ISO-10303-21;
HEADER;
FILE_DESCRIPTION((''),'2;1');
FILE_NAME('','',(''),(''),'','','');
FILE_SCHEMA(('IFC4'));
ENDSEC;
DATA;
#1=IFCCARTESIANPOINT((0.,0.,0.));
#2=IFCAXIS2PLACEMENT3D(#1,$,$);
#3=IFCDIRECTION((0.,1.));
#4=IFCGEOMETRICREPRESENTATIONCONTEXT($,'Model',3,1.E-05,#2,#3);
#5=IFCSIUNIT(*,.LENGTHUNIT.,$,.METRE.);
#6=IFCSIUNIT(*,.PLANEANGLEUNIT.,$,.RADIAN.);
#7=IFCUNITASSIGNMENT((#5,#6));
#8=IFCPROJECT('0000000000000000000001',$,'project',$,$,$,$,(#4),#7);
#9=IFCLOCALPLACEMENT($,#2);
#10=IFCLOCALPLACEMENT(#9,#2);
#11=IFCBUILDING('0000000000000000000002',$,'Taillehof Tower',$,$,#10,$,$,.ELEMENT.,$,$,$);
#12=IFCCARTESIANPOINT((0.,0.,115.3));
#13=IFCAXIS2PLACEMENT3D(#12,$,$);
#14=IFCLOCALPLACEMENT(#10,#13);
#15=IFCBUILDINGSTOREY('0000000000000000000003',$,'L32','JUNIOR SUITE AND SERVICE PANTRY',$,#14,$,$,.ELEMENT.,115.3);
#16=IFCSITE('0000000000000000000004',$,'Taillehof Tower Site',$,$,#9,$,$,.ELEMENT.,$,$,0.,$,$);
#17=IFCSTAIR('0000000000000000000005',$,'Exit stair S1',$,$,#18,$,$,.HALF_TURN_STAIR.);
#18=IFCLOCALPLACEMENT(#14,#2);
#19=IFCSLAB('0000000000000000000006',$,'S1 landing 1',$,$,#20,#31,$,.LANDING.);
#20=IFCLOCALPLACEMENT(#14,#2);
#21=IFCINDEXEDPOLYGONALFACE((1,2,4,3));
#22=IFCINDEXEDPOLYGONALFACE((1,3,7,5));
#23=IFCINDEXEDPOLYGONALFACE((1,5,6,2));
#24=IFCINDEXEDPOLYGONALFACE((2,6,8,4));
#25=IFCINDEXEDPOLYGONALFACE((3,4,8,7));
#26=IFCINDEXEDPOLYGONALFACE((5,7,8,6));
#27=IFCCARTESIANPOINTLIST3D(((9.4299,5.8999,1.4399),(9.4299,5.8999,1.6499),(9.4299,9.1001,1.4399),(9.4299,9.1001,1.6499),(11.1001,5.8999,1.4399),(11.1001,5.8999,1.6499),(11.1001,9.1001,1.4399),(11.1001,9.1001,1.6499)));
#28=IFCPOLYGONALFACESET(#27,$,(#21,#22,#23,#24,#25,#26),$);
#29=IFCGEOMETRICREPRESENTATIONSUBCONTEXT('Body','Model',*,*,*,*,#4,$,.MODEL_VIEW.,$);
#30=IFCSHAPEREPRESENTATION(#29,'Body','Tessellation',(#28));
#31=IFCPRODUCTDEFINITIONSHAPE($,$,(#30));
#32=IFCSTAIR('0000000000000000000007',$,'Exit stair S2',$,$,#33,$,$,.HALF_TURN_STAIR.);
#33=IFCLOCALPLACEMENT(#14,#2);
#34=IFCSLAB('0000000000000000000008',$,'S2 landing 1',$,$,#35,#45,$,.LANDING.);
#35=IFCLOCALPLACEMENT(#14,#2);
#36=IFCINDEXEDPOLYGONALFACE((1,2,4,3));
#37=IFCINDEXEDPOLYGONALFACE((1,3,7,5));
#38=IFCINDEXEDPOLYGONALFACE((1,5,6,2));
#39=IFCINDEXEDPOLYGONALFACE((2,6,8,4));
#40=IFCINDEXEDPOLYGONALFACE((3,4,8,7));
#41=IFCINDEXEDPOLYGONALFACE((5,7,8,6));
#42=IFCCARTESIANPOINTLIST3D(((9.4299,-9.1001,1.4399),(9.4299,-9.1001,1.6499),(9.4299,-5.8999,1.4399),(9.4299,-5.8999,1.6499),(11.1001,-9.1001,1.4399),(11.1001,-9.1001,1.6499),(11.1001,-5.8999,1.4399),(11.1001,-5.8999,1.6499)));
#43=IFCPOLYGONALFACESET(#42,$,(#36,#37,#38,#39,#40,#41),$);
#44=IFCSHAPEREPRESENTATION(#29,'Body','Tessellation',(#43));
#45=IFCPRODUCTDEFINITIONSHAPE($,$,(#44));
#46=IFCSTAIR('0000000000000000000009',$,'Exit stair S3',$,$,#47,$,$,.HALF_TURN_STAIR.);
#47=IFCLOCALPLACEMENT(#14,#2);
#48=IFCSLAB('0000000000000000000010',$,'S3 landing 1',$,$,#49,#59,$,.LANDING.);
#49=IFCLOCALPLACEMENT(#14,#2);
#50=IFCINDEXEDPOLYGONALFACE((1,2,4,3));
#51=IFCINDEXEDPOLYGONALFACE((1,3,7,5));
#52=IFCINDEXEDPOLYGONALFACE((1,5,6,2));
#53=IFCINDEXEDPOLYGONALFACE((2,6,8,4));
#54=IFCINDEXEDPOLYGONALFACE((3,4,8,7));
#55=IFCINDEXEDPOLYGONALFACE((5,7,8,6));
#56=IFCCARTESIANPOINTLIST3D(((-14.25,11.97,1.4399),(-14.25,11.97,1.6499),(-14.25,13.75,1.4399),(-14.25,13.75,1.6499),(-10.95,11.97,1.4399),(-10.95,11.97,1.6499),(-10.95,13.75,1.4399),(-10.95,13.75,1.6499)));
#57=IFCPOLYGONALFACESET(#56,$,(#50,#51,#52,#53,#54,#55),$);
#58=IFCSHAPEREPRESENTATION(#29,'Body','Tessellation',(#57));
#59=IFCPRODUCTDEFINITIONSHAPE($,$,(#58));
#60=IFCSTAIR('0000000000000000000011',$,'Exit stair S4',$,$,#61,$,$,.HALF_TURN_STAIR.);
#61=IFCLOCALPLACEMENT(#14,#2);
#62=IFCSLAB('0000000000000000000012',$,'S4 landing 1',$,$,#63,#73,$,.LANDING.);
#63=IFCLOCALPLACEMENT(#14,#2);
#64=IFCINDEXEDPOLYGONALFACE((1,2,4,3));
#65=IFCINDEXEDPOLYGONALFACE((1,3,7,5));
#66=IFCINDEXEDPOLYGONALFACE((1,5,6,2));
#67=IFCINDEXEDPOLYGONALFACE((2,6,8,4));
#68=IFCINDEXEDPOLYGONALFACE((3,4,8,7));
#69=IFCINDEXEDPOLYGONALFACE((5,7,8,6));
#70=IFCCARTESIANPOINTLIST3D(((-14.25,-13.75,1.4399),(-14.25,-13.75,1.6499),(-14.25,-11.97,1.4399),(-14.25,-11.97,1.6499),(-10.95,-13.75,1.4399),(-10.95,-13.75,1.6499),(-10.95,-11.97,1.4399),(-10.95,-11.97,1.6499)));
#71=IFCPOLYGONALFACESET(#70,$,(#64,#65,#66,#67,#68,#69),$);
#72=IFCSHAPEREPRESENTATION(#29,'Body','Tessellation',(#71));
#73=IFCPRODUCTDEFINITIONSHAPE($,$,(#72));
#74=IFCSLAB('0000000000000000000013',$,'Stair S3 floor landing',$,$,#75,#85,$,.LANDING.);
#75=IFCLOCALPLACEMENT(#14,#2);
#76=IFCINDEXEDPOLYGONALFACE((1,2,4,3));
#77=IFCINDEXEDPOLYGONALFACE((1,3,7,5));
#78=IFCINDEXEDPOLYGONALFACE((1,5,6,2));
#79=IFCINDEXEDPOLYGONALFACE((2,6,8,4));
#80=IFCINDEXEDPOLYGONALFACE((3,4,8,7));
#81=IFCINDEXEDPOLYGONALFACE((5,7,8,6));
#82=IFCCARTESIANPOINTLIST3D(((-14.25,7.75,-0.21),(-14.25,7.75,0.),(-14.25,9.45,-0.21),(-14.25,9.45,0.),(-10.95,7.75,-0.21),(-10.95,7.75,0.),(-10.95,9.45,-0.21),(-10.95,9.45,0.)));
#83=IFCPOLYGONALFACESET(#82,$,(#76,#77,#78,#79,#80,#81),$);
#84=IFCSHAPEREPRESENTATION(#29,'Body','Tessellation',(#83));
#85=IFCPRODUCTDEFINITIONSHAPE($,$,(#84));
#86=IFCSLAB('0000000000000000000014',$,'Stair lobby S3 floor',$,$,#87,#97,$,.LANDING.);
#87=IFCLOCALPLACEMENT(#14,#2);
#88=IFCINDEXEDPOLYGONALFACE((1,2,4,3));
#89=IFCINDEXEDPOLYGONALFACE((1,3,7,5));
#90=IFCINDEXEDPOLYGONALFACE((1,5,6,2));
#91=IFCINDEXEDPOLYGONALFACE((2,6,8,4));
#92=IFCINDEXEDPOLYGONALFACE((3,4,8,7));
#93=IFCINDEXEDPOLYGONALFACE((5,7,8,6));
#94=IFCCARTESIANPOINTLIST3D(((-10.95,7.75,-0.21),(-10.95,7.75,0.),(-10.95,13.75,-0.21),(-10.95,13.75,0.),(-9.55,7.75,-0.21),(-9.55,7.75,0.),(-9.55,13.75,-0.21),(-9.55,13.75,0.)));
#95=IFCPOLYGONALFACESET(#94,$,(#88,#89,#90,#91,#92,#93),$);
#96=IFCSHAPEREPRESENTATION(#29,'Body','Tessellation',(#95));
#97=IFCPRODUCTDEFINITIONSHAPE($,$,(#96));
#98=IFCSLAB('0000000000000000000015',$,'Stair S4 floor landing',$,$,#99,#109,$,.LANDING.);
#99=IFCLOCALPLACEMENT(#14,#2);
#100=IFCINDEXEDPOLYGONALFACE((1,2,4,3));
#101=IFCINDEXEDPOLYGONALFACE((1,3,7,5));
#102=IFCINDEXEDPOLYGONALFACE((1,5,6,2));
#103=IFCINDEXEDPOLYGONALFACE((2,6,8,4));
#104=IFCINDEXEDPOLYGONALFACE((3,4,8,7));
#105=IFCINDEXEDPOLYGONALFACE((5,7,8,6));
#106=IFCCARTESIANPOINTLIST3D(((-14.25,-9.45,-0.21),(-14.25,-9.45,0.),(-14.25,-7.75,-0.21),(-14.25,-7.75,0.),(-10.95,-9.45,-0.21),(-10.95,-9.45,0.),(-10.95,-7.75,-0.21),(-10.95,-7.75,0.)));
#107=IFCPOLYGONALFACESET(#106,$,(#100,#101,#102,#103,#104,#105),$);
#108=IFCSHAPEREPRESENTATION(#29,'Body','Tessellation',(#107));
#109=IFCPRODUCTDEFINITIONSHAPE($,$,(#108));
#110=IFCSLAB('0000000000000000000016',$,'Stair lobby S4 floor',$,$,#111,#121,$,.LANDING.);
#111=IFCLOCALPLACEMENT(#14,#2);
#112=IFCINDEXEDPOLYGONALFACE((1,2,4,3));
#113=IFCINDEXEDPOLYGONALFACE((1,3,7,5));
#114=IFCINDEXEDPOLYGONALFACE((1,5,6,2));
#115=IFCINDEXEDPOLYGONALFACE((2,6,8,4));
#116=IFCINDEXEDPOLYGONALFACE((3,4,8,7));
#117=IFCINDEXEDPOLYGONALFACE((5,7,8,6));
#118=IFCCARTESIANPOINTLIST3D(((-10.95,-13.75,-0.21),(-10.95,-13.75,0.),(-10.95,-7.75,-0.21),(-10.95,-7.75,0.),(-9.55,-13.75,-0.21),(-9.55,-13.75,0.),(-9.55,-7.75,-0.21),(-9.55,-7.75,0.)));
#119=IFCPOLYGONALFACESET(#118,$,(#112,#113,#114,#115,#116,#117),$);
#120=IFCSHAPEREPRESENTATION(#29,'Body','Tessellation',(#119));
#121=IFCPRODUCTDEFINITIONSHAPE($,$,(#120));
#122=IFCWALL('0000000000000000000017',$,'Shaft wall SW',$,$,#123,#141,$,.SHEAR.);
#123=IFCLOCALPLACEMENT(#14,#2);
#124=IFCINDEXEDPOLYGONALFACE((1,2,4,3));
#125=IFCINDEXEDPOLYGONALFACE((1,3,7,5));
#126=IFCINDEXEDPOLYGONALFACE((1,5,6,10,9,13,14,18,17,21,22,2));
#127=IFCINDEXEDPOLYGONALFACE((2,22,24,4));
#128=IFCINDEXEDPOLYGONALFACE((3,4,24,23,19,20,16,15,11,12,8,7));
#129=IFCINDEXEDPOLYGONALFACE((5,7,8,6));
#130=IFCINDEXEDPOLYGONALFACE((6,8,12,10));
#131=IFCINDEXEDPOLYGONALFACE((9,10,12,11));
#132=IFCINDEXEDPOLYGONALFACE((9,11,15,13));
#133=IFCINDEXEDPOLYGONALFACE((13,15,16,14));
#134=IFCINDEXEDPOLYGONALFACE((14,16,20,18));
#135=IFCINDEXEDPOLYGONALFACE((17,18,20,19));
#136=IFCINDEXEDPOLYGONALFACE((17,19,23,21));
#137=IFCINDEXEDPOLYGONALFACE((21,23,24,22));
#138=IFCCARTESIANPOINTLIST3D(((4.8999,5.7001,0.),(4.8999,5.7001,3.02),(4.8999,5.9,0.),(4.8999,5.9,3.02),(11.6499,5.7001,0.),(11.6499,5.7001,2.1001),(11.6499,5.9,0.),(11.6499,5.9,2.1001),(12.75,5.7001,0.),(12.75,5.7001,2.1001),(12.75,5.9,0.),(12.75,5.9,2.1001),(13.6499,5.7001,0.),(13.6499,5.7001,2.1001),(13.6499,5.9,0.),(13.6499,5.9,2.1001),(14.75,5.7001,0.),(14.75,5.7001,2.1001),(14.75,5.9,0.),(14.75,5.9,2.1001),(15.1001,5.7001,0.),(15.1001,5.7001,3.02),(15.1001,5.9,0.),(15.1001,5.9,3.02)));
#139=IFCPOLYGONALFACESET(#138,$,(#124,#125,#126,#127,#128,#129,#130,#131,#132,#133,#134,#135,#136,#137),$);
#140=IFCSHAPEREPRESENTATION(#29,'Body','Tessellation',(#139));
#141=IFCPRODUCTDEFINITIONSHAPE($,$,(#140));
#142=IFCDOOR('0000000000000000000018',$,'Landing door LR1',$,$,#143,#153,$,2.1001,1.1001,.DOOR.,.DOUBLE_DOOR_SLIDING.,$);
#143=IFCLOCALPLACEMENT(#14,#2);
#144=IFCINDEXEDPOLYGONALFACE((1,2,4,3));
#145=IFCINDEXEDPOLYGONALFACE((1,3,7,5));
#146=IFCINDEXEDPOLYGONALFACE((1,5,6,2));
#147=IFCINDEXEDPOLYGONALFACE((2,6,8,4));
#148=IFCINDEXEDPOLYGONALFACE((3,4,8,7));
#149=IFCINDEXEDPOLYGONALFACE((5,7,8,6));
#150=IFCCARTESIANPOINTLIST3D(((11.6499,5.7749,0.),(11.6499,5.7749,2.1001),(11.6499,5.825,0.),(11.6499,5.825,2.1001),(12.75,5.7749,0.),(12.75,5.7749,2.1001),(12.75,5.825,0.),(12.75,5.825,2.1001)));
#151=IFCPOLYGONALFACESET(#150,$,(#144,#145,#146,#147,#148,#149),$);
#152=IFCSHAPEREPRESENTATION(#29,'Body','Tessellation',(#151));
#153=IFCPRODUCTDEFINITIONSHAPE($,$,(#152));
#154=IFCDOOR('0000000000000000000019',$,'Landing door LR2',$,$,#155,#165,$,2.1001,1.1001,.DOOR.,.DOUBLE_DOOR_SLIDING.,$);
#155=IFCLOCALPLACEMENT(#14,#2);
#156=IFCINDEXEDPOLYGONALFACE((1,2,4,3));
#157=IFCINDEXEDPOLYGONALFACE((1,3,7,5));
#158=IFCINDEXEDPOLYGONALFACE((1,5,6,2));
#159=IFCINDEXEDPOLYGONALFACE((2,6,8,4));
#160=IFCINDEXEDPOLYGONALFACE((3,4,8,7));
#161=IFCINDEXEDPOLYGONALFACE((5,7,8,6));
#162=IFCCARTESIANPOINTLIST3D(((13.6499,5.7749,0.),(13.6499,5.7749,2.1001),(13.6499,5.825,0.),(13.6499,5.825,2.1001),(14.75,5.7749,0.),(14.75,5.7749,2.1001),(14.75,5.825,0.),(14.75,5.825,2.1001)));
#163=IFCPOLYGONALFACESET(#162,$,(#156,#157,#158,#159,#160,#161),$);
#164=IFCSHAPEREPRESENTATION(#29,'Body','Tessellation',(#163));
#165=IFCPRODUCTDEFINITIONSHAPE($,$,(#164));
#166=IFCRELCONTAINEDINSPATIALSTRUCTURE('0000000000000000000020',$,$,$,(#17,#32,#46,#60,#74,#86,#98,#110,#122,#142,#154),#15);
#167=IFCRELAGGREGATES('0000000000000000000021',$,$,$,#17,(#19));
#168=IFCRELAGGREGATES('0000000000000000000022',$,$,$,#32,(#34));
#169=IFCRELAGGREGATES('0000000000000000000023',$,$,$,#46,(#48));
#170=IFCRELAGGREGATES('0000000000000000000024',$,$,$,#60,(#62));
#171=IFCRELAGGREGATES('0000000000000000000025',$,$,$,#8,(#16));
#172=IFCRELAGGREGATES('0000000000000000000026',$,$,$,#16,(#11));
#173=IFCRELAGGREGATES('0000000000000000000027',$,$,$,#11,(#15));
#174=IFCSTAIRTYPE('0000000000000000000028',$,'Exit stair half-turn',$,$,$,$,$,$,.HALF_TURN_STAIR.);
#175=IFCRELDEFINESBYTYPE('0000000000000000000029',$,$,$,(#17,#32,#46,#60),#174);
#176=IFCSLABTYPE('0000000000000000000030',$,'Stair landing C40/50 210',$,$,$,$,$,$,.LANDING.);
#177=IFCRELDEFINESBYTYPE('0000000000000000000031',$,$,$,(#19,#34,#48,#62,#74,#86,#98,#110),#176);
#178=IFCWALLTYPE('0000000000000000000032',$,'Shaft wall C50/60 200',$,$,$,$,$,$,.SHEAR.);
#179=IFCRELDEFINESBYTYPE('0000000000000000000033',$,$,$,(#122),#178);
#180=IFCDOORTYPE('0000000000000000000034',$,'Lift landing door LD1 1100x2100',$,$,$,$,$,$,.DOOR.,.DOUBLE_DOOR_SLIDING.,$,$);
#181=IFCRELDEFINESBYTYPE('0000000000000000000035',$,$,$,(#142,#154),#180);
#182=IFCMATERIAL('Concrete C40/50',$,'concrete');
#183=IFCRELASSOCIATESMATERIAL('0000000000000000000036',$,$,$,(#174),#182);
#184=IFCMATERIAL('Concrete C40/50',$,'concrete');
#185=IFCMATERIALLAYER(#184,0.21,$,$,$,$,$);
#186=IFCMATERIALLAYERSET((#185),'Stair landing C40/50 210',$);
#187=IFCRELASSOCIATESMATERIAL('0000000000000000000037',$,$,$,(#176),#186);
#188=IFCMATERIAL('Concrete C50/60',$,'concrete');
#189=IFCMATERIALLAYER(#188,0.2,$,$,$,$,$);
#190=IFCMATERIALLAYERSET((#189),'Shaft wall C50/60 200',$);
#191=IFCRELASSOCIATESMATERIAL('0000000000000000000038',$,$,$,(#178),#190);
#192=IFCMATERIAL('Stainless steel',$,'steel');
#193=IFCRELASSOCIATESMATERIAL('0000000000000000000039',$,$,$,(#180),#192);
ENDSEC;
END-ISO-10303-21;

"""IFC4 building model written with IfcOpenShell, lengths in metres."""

from ifc_helpers import new_model, si_unit, direction, frame, frame_2d, origin, place, context, subcontext, project, spatial, polyline, rectangle, outline, extrude, material, layer, layer_set, type_object, element, fill, aggregate, save


model = new_model("IFC4")

# Units and contexts
model_context = context("Model", 3, precision=1e-05, world=origin(), true_north=direction((0.0, 1.0)))
body_context = subcontext(model_context, "Body", "Model", "MODEL_VIEW")
ifc_project = project(units=[si_unit("LENGTHUNIT", "METRE"), si_unit("PLANEANGLEUNIT", "RADIAN")], contexts=[model_context])

# Site, building, storey
site_placement = place(None, origin())
site = spatial("IfcSite", under=ifc_project, at=site_placement, Name="Taillehof Tower Site", CompositionType="ELEMENT", RefElevation=0.0)
building_placement = place(site_placement, origin())
building = spatial("IfcBuilding", under=site, at=building_placement, Name="Taillehof Tower", CompositionType="ELEMENT")
storey_placement = place(building_placement, frame((0.0, 0.0, 115.3)))
storey = spatial("IfcBuildingStorey", under=building, at=storey_placement, Name="L32", Description="JUNIOR SUITE AND SERVICE PANTRY", CompositionType="ELEMENT", Elevation=115.3)

# Stairs, slabs
ifc_material_1 = material(Name="Concrete C40/50", Category="concrete")
stair_type = type_object("IfcStairType", Name="Exit stair half-turn", PredefinedType="HALF_TURN_STAIR", material=ifc_material_1)
stair_1_placement = place(storey_placement, origin())
stair_1 = element("IfcStair", 1, at=stair_1_placement, inside=storey, type_object=stair_type, Name="Exit stair S1", PredefinedType="HALF_TURN_STAIR")
ifc_material_2 = material(Name="Concrete C40/50", Category="concrete")
ifc_layer_1 = layer(ifc_material_2, 0.21)
ifc_layer_set_1 = layer_set([ifc_layer_1], Name="Stair landing C40/50 210")
slab_type_1 = type_object("IfcSlabType", Name="Stair landing C40/50 210", PredefinedType="LANDING", material=ifc_layer_set_1)
slab_1_placement = place(storey_placement, frame((0.0, 0.0, 1.4399)))
slab_1 = element("IfcSlab", 2, at=slab_1_placement, type_object=slab_type_1, Name="S1 landing 1", PredefinedType="LANDING", context=body_context, shape_type="SweptSolid", body=[
    extrude(outline(polyline([(9.4299, 5.8999), (11.1001, 5.8999), (11.1001, 9.1001), (9.4299, 9.1001), (9.4299, 5.8999)])), origin(), (0.0, 0.0, 1.0), 0.21),
])
aggregate(stair_1, [slab_1])
stair_2_placement = place(storey_placement, origin())
stair_2 = element("IfcStair", 3, at=stair_2_placement, inside=storey, type_object=stair_type, Name="Exit stair S2", PredefinedType="HALF_TURN_STAIR")
slab_2_placement = place(storey_placement, frame((0.0, 0.0, 1.4399)))
slab_2 = element("IfcSlab", 4, at=slab_2_placement, type_object=slab_type_1, Name="S2 landing 1", PredefinedType="LANDING", context=body_context, shape_type="SweptSolid", body=[
    extrude(outline(polyline([(9.4299, -5.8999), (11.1001, -5.8999), (11.1001, -9.1001), (9.4299, -9.1001), (9.4299, -5.8999)])), origin(), (0.0, 0.0, 1.0), 0.21),
])
aggregate(stair_2, [slab_2])
stair_3_placement = place(storey_placement, origin())
stair_3 = element("IfcStair", 5, at=stair_3_placement, inside=storey, type_object=stair_type, Name="Exit stair S3", PredefinedType="HALF_TURN_STAIR")
slab_3_placement = place(storey_placement, frame((0.0, 0.0, 1.4399)))
slab_3 = element("IfcSlab", 6, at=slab_3_placement, type_object=slab_type_1, Name="S3 landing 1", PredefinedType="LANDING", context=body_context, shape_type="SweptSolid", body=[
    extrude(outline(polyline([(-14.25, 11.97), (-14.25, 13.75), (-10.95, 13.75), (-10.95, 11.97), (-14.25, 11.97)])), origin(), (0.0, 0.0, 1.0), 0.21),
])
aggregate(stair_3, [slab_3])
stair_4_placement = place(storey_placement, origin())
stair_4 = element("IfcStair", 7, at=stair_4_placement, inside=storey, type_object=stair_type, Name="Exit stair S4", PredefinedType="HALF_TURN_STAIR")
slab_4_placement = place(storey_placement, frame((0.0, 0.0, 1.4399)))
slab_4 = element("IfcSlab", 8, at=slab_4_placement, type_object=slab_type_1, Name="S4 landing 1", PredefinedType="LANDING", context=body_context, shape_type="SweptSolid", body=[
    extrude(outline(polyline([(-14.25, -11.97), (-14.25, -13.75), (-10.95, -13.75), (-10.95, -11.97), (-14.25, -11.97)])), origin(), (0.0, 0.0, 1.0), 0.21),
])
aggregate(stair_4, [slab_4])

# Slabs
slab_5_placement = place(storey_placement, frame((0.0, 0.0, -0.21)))
element("IfcSlab", 9, at=slab_5_placement, inside=storey, type_object=slab_type_1, Name="Stair S3 floor landing", PredefinedType="LANDING", context=body_context, shape_type="SweptSolid", body=[
    extrude(outline(polyline([(-14.25, 7.75), (-14.25, 9.45), (-10.95, 9.45), (-10.95, 7.75), (-14.25, 7.75)])), origin(), (0.0, 0.0, 1.0), 0.21),
])
slab_6_placement = place(storey_placement, frame((0.0, 0.0, -0.21)))
element("IfcSlab", 10, at=slab_6_placement, inside=storey, type_object=slab_type_1, Name="Stair lobby S3 floor", PredefinedType="LANDING", context=body_context, shape_type="SweptSolid", body=[
    extrude(outline(polyline([(-10.95, 7.75), (-9.55, 7.75), (-9.55, 13.75), (-10.95, 13.75), (-10.95, 7.75)])), origin(), (0.0, 0.0, 1.0), 0.21),
])
slab_7_placement = place(storey_placement, frame((0.0, 0.0, -0.21)))
element("IfcSlab", 11, at=slab_7_placement, inside=storey, type_object=slab_type_1, Name="Stair S4 floor landing", PredefinedType="LANDING", context=body_context, shape_type="SweptSolid", body=[
    extrude(outline(polyline([(-14.25, -7.75), (-14.25, -9.45), (-10.95, -9.45), (-10.95, -7.75), (-14.25, -7.75)])), origin(), (0.0, 0.0, 1.0), 0.21),
])
slab_8_placement = place(storey_placement, frame((0.0, 0.0, -0.21)))
element("IfcSlab", 12, at=slab_8_placement, inside=storey, type_object=slab_type_1, Name="Stair lobby S4 floor", PredefinedType="LANDING", context=body_context, shape_type="SweptSolid", body=[
    extrude(outline(polyline([(-10.95, -13.75), (-9.55, -13.75), (-9.55, -7.75), (-10.95, -7.75), (-10.95, -13.75)])), origin(), (0.0, 0.0, 1.0), 0.21),
])

# Wall, openings, doors
ifc_material_3 = material(Name="Concrete C50/60", Category="concrete")
ifc_layer_2 = layer(ifc_material_3, 0.2)
ifc_layer_set_2 = layer_set([ifc_layer_2], Name="Shaft wall C50/60 200")
wall_type_1 = type_object("IfcWallType", Name="Shaft wall C50/60 200", PredefinedType="SHEAR", material=ifc_layer_set_2)
wall_1_placement = place(storey_placement, frame((4.8999, 5.8, 0.0), z_axis=(0.0, 0.0, 1.0), x_axis=(1.0, 0.0, 0.0)))
wall_1 = element("IfcWall", 13, at=wall_1_placement, inside=storey, type_object=wall_type_1, Name="Shaft wall SW", PredefinedType="SHEAR", context=body_context, shape_type="SweptSolid", body=[
    extrude(rectangle(XDim=10.2002, YDim=0.2, at=frame_2d((5.1001, 0.0))), origin(), (0.0, 0.0, 1.0), 3.02),
])
opening_1_placement = place(wall_1_placement, frame((6.75, 0.0, 0.0)))
opening_1 = element("IfcOpeningElement", 14, at=opening_1_placement, cuts=wall_1, PredefinedType="OPENING", context=body_context, shape_type="SweptSolid", body=[
    extrude(rectangle(XDim=1.1001, YDim=2.1001, at=frame_2d((0.55, 1.05))), frame((0.0, 0.1099, 0.0), z_axis=(0.0, -1.0, 0.0), x_axis=(1.0, 0.0, 0.0)), (0.0, 0.0, 1.0), 0.22),
])
opening_2_placement = place(wall_1_placement, frame((8.75, 0.0, 0.0)))
opening_2 = element("IfcOpeningElement", 15, at=opening_2_placement, cuts=wall_1, PredefinedType="OPENING", context=body_context, shape_type="SweptSolid", body=[
    extrude(rectangle(XDim=1.1001, YDim=2.1001, at=frame_2d((0.55, 1.05))), frame((0.0, 0.1099, 0.0), z_axis=(0.0, -1.0, 0.0), x_axis=(1.0, 0.0, 0.0)), (0.0, 0.0, 1.0), 0.22),
])
ifc_material_4 = material(Name="Stainless steel", Category="steel")
door_type_1 = type_object("IfcDoorType", Name="Lift landing door LD1 1100x2100", OperationType="DOUBLE_DOOR_SLIDING", PredefinedType="DOOR", material=ifc_material_4)
door_1_placement = place(opening_1_placement, origin())
door_1 = element("IfcDoor", 16, at=door_1_placement, inside=storey, type_object=door_type_1, Name="Landing door LR1", OperationType="DOUBLE_DOOR_SLIDING", OverallHeight=2.1001, OverallWidth=1.1001, PredefinedType="DOOR", context=body_context, shape_type="SweptSolid", body=[
    extrude(rectangle(XDim=1.1001, YDim=2.1001, at=frame_2d((0.55, 1.05))), frame((0.0, 0.0249, 0.0), z_axis=(0.0, -1.0, 0.0), x_axis=(1.0, 0.0, 0.0)), (0.0, 0.0, 1.0), 0.05),
])
fill(opening_1, door_1)
door_2_placement = place(opening_2_placement, origin())
door_2 = element("IfcDoor", 17, at=door_2_placement, inside=storey, type_object=door_type_1, Name="Landing door LR2", OperationType="DOUBLE_DOOR_SLIDING", OverallHeight=2.1001, OverallWidth=1.1001, PredefinedType="DOOR", context=body_context, shape_type="SweptSolid", body=[
    extrude(rectangle(XDim=1.1001, YDim=2.1001, at=frame_2d((0.55, 1.05))), frame((0.0, 0.0249, 0.0), z_axis=(0.0, -1.0, 0.0), x_axis=(1.0, 0.0, 0.0)), (0.0, 0.0, 1.0), 0.05),
])
fill(opening_2, door_2)

save(model, "model.ifc")
